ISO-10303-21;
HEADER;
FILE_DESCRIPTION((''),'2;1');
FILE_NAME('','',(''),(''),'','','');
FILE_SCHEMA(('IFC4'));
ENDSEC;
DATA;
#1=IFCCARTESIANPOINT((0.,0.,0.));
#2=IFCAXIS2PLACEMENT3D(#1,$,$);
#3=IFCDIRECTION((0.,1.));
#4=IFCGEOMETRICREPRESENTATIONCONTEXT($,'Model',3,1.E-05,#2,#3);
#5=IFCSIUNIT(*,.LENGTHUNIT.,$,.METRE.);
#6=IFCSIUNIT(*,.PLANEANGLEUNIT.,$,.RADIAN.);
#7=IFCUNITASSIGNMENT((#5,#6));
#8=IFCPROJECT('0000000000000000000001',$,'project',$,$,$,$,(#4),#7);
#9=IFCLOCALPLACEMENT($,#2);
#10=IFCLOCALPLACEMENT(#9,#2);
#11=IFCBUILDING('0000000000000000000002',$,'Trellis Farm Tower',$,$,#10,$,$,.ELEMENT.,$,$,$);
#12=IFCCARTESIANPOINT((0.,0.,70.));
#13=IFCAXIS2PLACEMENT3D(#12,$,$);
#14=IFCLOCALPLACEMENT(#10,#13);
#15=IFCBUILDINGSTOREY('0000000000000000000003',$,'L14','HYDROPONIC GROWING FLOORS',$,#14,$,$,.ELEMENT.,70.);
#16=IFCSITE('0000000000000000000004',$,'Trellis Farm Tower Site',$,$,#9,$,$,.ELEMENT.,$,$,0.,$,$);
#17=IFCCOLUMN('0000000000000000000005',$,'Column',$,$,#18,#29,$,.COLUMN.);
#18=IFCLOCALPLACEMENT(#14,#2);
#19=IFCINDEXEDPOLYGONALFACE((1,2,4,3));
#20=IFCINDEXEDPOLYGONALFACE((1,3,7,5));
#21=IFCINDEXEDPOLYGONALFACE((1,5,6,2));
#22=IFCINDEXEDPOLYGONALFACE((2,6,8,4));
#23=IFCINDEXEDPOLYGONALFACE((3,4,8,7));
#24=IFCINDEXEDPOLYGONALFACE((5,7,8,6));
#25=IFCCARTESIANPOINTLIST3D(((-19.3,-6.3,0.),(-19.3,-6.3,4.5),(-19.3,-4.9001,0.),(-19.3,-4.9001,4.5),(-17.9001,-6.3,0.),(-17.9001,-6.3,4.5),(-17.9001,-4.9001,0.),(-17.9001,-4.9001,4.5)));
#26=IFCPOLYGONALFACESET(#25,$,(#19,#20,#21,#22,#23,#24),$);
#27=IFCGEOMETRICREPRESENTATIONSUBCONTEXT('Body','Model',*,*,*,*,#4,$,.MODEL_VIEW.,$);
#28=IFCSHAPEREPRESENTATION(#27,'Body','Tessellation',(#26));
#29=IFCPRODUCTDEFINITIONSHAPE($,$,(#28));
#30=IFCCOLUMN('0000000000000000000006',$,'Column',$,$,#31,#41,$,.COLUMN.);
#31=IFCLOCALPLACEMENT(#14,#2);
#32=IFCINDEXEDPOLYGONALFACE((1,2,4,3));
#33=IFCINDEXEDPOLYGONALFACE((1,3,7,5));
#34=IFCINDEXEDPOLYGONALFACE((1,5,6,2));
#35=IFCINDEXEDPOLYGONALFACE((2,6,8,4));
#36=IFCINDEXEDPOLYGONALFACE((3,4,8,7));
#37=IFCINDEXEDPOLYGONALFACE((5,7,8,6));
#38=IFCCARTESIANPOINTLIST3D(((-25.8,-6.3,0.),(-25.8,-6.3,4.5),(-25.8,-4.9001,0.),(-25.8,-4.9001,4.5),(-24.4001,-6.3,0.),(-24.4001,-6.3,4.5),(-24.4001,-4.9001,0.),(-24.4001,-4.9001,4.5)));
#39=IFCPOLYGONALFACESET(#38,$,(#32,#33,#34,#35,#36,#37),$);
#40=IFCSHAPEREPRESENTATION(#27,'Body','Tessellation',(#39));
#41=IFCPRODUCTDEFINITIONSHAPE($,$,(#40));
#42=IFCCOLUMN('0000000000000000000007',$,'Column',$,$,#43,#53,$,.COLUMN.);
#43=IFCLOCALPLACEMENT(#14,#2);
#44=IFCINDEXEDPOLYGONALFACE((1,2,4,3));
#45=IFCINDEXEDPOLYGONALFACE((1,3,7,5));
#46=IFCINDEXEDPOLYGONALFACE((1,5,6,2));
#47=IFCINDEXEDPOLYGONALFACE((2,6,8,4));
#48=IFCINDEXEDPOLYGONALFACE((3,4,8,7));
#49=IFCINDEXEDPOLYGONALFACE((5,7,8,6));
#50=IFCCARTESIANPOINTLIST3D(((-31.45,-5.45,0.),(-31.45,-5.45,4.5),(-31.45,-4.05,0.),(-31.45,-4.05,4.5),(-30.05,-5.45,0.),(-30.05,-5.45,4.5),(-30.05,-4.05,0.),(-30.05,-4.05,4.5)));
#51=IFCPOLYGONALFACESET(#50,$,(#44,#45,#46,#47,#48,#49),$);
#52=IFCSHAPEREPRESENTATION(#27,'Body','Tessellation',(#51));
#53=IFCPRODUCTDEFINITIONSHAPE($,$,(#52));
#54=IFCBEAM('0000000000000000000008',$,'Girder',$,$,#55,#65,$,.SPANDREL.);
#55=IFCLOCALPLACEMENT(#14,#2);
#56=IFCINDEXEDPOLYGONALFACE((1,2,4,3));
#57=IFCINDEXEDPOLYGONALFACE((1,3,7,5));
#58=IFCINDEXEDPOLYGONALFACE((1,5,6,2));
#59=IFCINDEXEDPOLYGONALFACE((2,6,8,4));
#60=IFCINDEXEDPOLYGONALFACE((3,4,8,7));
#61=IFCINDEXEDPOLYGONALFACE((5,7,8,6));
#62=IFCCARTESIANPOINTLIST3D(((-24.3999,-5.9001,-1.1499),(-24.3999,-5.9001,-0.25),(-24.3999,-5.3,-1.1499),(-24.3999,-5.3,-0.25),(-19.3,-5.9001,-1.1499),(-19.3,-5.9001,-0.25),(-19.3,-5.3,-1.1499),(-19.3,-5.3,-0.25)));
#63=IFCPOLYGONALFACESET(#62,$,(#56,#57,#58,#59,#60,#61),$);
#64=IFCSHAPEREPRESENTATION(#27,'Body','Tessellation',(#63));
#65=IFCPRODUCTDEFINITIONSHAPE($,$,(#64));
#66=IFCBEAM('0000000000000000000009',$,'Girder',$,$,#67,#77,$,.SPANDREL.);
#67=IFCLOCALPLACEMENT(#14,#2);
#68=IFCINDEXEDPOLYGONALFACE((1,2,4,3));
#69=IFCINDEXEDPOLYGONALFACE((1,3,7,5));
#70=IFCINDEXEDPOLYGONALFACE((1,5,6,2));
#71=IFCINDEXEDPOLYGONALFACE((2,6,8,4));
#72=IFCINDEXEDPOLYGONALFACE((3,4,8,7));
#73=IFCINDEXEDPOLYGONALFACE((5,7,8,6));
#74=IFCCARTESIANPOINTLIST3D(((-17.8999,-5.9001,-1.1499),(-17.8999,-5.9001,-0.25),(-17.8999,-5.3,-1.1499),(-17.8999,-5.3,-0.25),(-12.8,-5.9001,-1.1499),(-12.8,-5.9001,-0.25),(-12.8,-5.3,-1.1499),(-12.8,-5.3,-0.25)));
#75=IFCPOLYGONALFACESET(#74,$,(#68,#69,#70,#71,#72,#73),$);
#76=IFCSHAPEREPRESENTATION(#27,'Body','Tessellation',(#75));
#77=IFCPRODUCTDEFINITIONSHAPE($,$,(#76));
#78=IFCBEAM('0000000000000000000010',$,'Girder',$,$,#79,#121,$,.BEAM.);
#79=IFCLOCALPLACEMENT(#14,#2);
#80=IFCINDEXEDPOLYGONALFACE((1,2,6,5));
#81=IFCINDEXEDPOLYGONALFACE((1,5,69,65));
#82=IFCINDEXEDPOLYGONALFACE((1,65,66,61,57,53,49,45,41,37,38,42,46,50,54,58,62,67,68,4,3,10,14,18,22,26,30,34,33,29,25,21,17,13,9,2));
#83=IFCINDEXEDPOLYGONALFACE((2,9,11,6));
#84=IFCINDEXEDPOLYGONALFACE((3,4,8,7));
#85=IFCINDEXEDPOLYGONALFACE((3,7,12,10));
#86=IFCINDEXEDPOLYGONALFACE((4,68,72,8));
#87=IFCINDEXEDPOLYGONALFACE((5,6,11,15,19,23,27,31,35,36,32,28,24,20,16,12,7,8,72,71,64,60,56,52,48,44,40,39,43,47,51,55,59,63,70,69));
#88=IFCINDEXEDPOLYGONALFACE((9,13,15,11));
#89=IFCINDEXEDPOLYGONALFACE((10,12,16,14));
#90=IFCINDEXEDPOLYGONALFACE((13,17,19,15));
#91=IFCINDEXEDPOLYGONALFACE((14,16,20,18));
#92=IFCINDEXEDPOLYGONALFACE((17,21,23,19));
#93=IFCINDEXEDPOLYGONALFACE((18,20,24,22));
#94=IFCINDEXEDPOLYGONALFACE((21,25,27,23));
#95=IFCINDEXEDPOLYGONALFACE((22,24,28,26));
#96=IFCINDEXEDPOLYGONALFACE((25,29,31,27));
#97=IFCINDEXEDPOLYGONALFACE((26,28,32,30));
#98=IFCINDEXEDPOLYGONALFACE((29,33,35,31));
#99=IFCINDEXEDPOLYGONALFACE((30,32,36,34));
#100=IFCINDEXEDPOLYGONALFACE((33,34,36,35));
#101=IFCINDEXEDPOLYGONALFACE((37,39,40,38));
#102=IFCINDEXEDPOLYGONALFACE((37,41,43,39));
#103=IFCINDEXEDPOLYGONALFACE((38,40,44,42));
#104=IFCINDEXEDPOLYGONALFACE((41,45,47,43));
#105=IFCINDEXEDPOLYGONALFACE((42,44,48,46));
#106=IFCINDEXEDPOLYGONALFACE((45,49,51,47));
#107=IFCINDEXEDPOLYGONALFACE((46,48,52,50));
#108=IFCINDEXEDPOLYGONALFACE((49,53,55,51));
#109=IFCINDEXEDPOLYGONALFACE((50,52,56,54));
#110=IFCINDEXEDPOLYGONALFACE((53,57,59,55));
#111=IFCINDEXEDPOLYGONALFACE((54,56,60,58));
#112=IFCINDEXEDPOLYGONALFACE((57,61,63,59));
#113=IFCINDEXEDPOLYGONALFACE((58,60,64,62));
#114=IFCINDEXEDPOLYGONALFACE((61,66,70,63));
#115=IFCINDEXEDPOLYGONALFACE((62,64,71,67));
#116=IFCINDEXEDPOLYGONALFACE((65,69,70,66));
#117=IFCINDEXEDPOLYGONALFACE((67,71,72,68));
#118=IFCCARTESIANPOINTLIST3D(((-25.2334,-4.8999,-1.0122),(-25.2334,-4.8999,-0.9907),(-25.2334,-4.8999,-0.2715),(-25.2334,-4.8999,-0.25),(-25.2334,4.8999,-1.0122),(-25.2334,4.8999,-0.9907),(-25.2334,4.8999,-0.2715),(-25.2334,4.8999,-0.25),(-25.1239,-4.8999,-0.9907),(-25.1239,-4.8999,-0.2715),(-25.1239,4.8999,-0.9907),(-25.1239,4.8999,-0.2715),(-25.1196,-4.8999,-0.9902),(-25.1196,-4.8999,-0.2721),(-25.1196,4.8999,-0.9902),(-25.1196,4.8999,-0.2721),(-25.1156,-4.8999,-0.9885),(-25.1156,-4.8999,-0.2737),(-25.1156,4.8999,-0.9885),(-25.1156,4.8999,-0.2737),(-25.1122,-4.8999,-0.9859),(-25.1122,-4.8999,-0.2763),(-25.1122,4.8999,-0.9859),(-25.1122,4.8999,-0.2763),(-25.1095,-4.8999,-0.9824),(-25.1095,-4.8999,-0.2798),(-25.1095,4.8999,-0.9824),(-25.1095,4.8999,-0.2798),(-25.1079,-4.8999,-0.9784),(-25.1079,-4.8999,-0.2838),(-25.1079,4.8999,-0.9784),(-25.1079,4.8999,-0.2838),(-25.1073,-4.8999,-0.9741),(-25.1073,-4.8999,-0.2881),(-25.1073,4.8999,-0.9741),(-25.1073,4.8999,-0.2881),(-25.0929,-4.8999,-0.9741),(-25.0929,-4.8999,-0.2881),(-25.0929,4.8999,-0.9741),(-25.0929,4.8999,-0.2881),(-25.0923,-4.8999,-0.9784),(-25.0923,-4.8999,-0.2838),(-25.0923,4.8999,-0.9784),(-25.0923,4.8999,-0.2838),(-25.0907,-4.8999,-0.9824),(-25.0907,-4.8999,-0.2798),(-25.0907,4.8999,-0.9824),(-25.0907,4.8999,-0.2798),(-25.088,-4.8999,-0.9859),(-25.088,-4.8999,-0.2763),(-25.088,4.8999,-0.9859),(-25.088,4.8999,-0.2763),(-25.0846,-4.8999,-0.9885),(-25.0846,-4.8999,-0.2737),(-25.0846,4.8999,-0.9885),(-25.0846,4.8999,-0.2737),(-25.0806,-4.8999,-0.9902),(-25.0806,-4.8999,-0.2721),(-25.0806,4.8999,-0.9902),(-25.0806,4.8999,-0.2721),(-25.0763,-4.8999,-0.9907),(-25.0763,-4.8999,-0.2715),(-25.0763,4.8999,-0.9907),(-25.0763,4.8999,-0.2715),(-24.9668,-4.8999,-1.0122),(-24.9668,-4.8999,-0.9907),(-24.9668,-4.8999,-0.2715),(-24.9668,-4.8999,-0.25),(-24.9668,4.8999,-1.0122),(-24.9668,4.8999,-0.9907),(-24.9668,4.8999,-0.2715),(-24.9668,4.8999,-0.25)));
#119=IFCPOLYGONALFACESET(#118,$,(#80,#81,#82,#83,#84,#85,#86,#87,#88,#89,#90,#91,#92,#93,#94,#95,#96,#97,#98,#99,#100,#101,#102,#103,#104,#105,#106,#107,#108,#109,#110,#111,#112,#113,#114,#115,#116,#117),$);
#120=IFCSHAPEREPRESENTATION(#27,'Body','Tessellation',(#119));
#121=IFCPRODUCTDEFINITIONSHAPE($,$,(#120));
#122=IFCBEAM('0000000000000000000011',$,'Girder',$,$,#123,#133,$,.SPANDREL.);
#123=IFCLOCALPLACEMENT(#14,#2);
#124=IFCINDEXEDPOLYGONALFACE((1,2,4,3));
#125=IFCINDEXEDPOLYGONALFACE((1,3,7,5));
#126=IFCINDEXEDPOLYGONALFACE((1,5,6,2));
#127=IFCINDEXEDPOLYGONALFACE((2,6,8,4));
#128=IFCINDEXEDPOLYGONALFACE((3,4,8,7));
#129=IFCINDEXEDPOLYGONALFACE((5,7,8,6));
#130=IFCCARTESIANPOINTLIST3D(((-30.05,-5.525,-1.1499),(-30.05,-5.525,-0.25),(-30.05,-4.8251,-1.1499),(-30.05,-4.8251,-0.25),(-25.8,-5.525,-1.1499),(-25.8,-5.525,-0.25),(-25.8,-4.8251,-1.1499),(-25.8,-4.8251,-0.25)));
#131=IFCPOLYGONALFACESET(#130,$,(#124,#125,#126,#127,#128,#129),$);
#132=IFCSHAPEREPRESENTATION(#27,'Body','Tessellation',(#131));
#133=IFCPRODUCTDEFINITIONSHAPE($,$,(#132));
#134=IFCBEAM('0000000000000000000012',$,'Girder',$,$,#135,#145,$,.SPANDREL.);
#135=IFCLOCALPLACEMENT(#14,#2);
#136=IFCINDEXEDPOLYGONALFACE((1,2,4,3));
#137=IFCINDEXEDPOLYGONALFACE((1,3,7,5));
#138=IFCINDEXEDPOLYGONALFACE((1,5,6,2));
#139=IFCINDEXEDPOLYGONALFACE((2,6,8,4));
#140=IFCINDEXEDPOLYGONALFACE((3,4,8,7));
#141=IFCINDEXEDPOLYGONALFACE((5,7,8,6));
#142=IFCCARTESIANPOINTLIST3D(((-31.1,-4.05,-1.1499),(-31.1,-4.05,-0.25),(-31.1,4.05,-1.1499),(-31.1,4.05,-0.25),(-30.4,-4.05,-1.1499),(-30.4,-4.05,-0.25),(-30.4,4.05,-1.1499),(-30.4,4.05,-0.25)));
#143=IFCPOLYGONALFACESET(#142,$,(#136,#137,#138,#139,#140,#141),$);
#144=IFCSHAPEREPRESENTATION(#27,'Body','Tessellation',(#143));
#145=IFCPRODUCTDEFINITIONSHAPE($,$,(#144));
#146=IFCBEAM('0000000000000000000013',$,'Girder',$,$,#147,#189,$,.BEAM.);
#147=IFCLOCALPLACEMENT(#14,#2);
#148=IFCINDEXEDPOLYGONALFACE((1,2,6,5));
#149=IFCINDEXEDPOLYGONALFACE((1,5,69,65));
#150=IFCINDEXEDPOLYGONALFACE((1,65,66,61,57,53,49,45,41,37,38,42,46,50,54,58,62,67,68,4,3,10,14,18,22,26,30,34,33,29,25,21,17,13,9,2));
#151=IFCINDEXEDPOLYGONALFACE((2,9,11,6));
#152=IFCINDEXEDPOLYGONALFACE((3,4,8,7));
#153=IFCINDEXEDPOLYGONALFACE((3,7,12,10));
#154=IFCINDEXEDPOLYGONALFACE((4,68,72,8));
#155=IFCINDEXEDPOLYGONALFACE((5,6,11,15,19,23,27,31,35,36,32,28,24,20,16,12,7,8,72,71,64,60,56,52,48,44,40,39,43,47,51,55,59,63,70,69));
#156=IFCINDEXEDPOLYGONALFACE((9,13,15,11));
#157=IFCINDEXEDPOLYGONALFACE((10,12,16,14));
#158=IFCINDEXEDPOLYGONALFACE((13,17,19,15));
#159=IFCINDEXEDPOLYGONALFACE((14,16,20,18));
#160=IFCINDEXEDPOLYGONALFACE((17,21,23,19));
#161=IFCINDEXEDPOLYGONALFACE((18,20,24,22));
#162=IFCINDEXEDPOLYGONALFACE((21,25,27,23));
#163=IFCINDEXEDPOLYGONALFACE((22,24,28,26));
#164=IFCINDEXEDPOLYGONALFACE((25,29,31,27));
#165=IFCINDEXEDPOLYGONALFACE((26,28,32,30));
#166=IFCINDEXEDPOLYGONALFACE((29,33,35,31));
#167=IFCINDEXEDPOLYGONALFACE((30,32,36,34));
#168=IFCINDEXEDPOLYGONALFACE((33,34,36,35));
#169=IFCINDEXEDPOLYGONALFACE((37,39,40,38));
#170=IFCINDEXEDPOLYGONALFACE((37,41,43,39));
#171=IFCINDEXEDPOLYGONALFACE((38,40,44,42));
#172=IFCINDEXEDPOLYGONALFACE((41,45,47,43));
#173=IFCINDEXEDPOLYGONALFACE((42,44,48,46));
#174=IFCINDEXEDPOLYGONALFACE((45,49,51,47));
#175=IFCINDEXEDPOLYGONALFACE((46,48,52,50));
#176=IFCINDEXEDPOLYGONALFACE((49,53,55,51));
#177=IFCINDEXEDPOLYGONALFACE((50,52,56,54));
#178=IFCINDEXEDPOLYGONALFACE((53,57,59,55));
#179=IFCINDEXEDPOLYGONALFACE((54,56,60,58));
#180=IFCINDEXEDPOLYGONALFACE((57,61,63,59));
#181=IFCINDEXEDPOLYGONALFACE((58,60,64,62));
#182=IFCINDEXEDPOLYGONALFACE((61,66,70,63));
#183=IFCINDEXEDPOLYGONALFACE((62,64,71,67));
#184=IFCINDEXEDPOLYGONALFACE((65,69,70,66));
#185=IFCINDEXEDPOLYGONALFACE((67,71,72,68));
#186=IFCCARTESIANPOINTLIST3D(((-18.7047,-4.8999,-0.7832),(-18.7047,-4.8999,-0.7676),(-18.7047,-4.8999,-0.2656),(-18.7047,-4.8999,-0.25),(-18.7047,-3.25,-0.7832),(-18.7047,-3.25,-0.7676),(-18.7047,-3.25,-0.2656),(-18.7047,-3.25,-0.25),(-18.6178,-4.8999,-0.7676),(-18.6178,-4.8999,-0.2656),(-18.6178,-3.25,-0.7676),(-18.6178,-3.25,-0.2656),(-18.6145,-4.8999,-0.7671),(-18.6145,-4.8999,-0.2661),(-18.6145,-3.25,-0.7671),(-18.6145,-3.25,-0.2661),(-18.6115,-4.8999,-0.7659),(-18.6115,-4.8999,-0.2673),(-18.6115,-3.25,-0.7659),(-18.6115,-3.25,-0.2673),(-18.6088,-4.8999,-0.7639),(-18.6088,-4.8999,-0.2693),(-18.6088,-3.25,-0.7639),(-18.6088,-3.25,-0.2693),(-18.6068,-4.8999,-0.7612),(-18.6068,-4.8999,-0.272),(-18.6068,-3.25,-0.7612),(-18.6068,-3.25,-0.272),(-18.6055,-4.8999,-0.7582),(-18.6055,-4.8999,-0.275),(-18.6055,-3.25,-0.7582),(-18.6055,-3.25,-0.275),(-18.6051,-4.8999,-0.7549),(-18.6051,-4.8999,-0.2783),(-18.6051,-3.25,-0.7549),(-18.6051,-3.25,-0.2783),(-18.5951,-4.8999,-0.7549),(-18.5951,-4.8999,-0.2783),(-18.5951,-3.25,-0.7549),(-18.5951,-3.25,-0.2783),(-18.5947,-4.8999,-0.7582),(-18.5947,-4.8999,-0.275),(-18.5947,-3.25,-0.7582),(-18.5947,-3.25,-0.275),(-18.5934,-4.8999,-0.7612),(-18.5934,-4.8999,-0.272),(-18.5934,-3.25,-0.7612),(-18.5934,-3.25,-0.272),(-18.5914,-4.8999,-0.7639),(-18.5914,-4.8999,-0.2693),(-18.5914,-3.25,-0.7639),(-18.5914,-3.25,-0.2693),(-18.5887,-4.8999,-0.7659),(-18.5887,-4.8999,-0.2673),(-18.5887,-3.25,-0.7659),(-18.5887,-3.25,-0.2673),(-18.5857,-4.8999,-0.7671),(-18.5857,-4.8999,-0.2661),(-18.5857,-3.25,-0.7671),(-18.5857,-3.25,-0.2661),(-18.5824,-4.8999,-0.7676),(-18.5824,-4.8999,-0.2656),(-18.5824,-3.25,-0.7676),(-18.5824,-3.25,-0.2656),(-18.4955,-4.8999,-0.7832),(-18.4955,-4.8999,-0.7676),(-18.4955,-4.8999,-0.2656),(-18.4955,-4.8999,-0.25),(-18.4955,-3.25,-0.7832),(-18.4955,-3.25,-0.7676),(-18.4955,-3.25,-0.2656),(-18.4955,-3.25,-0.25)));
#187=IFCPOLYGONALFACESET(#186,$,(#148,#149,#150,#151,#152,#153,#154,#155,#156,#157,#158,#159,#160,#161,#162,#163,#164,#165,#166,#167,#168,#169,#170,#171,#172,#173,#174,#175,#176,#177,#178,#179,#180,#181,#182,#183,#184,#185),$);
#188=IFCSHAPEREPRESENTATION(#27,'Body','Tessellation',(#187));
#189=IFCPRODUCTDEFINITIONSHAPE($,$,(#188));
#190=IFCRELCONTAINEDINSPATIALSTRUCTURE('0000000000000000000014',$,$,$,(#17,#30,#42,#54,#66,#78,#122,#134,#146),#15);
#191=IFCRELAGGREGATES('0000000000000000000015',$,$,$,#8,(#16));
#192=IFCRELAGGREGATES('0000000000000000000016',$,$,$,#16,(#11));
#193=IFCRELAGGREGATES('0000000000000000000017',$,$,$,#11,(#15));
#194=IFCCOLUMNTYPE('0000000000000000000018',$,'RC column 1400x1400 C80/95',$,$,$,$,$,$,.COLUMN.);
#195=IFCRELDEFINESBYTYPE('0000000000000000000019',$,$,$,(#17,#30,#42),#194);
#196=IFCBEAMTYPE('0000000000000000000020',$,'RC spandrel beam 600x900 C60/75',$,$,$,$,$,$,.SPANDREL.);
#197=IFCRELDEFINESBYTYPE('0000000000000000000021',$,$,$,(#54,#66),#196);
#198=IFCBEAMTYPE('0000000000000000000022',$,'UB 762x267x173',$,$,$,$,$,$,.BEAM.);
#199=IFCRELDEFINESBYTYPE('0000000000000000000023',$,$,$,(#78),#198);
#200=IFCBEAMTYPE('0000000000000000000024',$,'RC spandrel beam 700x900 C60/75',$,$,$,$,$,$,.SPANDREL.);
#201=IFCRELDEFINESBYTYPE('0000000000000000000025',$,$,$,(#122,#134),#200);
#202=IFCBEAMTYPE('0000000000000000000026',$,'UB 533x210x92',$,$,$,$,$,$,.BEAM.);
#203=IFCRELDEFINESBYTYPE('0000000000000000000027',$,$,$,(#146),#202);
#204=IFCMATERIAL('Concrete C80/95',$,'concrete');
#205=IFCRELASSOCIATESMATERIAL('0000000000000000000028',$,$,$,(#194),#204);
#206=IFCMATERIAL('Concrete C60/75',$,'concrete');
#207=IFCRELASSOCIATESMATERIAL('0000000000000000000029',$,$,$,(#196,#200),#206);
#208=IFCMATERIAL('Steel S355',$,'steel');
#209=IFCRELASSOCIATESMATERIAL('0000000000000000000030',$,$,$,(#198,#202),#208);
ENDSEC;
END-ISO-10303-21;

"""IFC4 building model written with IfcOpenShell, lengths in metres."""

from ifc_helpers import new_model, si_unit, direction, frame, origin, origin_2d, place, context, subcontext, project, spatial, rectangle, i_section, extrude, source, transform, mapped, material, material_profile, profile_set, type_object, element, save


model = new_model("IFC4")

# Units and contexts
model_context = context("Model", 3, precision=1e-05, world=origin(), true_north=direction((0.0, 1.0)))
body_context = subcontext(model_context, "Body", "Model", "MODEL_VIEW")
ifc_project = project(units=[si_unit("LENGTHUNIT", "METRE"), si_unit("PLANEANGLEUNIT", "RADIAN")], contexts=[model_context])

# Site, building, storey
site_placement = place(None, origin())
site = spatial("IfcSite", under=ifc_project, at=site_placement, Name="Trellis Farm Tower Site", CompositionType="ELEMENT", RefElevation=0.0)
building_placement = place(site_placement, origin())
building = spatial("IfcBuilding", under=site, at=building_placement, Name="Trellis Farm Tower", CompositionType="ELEMENT")
storey_placement = place(building_placement, frame((0.0, 0.0, 70.0)))
storey = spatial("IfcBuildingStorey", under=building, at=storey_placement, Name="L14", Description="HYDROPONIC GROWING FLOORS", CompositionType="ELEMENT", Elevation=70.0)

# Columns
ifc_material_1 = material(Name="Concrete C80/95", Category="concrete")
ifc_material_profile_1 = material_profile(ifc_material_1, rectangle(XDim=1.3999, YDim=1.3999, at=origin_2d()), Name="RC column 1400x1400 C80/95")
ifc_profile_set_1 = profile_set([ifc_material_profile_1], Name="Concrete C80/95")
column_type = type_object("IfcColumnType", Name="RC column 1400x1400 C80/95", PredefinedType="COLUMN", material=ifc_profile_set_1)
shared_shape_1 = source(origin(), body_context, "Body", "SweptSolid", [
    extrude(rectangle(XDim=1.3999, YDim=1.3999, at=origin_2d()), origin(), (0.0, 0.0, 1.0), 4.5),
])
for number, where, z_axis, x_axis, name in (
    (1, (-18.6001, -5.6001, 0.0), (0.0, 0.0, 1.0), (1.0, 0.0, 0.0), "Column"),
    (2, (-25.1001, -5.6001, 0.0), (0.0, 0.0, 1.0), (1.0, 0.0, 0.0), "Column"),
    (3, (-30.75, -4.75, 0.0), (0.0, 0.0, 1.0), (1.0, 0.0, 0.0), "Column"),
):
    element("IfcColumn", number, at=place(storey_placement, frame(where, z_axis=z_axis, x_axis=x_axis)), inside=storey, type_object=column_type, Name=name, PredefinedType="COLUMN", context=body_context, shape_type="MappedRepresentation", body=[
        mapped(shared_shape_1, transform((0.0, 0.0, 0.0))),
    ])

# Beams
ifc_material_2 = material(Name="Concrete C60/75", Category="concrete")
ifc_material_profile_2 = material_profile(ifc_material_2, rectangle(XDim=0.6001, YDim=0.8999, at=origin_2d()), Name="RC spandrel beam 600x900 C60/75")
ifc_profile_set_2 = profile_set([ifc_material_profile_2], Name="Concrete C60/75")
beam_type_1 = type_object("IfcBeamType", Name="RC spandrel beam 600x900 C60/75", PredefinedType="SPANDREL", material=ifc_profile_set_2)
shared_shape_2 = source(origin(), body_context, "Body", "SweptSolid", [
    extrude(rectangle(XDim=0.6001, YDim=0.8999, at=origin_2d()), origin(), (0.0, 0.0, 1.0), 5.0999),
])
for number, where, z_axis, x_axis, name in (
    (4, (-24.3999, -5.6001, -0.7), (1.0, 0.0, 0.0), (0.0, 1.0, 0.0), "Girder"),
    (5, (-17.8999, -5.6001, -0.7), (1.0, 0.0, 0.0), (0.0, 1.0, 0.0), "Girder"),
):
    element("IfcBeam", number, at=place(storey_placement, frame(where, z_axis=z_axis, x_axis=x_axis)), inside=storey, type_object=beam_type_1, Name=name, PredefinedType="SPANDREL", context=body_context, shape_type="MappedRepresentation", body=[
        mapped(shared_shape_2, transform((0.0, 0.0, 0.0))),
    ])
ifc_material_3 = material(Name="Steel S355", Category="steel")
ifc_material_profile_3 = material_profile(ifc_material_3, i_section(OverallWidth=0.2666, OverallDepth=0.7622, WebThickness=0.0144, FlangeThickness=0.0215, FilletRadius=0.0166, at=origin_2d()), Name="UB 762x267x173")
ifc_profile_set_3 = profile_set([ifc_material_profile_3], Name="Steel S355")
beam_type_2 = type_object("IfcBeamType", Name="UB 762x267x173", PredefinedType="BEAM", material=ifc_profile_set_3)
shared_shape_3 = source(origin(), body_context, "Body", "SweptSolid", [
    extrude(i_section(OverallWidth=0.2666, OverallDepth=0.7622, WebThickness=0.0144, FlangeThickness=0.0215, FilletRadius=0.0166, at=origin_2d()), origin(), (0.0, 0.0, 1.0), 9.7998),
])
beam_1_placement = place(storey_placement, frame((-25.1001, -4.8999, -0.6311), z_axis=(0.0, 1.0, 0.0), x_axis=(-1.0, 0.0, 0.0)))
element("IfcBeam", 6, at=beam_1_placement, inside=storey, type_object=beam_type_2, Name="Girder", PredefinedType="BEAM", context=body_context, shape_type="MappedRepresentation", body=[
    mapped(shared_shape_3, transform((0.0, 0.0, 0.0))),
])
ifc_material_profile_4 = material_profile(ifc_material_2, rectangle(XDim=0.7, YDim=0.8999, at=origin_2d()), Name="RC spandrel beam 700x900 C60/75")
ifc_profile_set_4 = profile_set([ifc_material_profile_4], Name="Concrete C60/75")
beam_type_3 = type_object("IfcBeamType", Name="RC spandrel beam 700x900 C60/75", PredefinedType="SPANDREL", material=ifc_profile_set_4)
shared_shape_4 = source(origin(), body_context, "Body", "SweptSolid", [
    extrude(rectangle(XDim=0.7, YDim=0.8999, at=origin_2d()), origin(), (0.0, 0.0, 1.0), 4.25),
])
beam_2_placement = place(storey_placement, frame((-30.05, -5.175, -0.7), z_axis=(1.0, 0.0, 0.0), x_axis=(0.0, 1.0, 0.0)))
element("IfcBeam", 7, at=beam_2_placement, inside=storey, type_object=beam_type_3, Name="Girder", PredefinedType="SPANDREL", context=body_context, shape_type="MappedRepresentation", body=[
    mapped(shared_shape_4, transform((0.0, 0.0, 0.0))),
])
shared_shape_5 = source(origin(), body_context, "Body", "SweptSolid", [
    extrude(rectangle(XDim=0.7, YDim=0.8999, at=origin_2d()), origin(), (0.0, 0.0, 1.0), 8.1001),
])
beam_3_placement = place(storey_placement, frame((-30.75, -4.05, -0.7), z_axis=(0.0, 1.0, 0.0), x_axis=(-1.0, 0.0, 0.0)))
element("IfcBeam", 8, at=beam_3_placement, inside=storey, type_object=beam_type_3, Name="Girder", PredefinedType="SPANDREL", context=body_context, shape_type="MappedRepresentation", body=[
    mapped(shared_shape_5, transform((0.0, 0.0, 0.0))),
])
ifc_material_profile_5 = material_profile(ifc_material_3, i_section(OverallWidth=0.2092, OverallDepth=0.5332, WebThickness=0.01, FlangeThickness=0.0156, FilletRadius=0.0127, at=origin_2d()), Name="UB 533x210x92")
ifc_profile_set_5 = profile_set([ifc_material_profile_5], Name="Steel S355")
beam_type_4 = type_object("IfcBeamType", Name="UB 533x210x92", PredefinedType="BEAM", material=ifc_profile_set_5)
shared_shape_6 = source(origin(), body_context, "Body", "SweptSolid", [
    extrude(i_section(OverallWidth=0.2092, OverallDepth=0.5332, WebThickness=0.01, FlangeThickness=0.0156, FilletRadius=0.0127, at=origin_2d()), origin(), (0.0, 0.0, 1.0), 1.6499),
])
beam_4_placement = place(storey_placement, frame((-18.6001, -4.8999, -0.5166), z_axis=(0.0, 1.0, 0.0), x_axis=(-1.0, 0.0, 0.0)))
element("IfcBeam", 9, at=beam_4_placement, inside=storey, type_object=beam_type_4, Name="Girder", PredefinedType="BEAM", context=body_context, shape_type="MappedRepresentation", body=[
    mapped(shared_shape_6, transform((0.0, 0.0, 0.0))),
])

save(model, "model.ifc")
